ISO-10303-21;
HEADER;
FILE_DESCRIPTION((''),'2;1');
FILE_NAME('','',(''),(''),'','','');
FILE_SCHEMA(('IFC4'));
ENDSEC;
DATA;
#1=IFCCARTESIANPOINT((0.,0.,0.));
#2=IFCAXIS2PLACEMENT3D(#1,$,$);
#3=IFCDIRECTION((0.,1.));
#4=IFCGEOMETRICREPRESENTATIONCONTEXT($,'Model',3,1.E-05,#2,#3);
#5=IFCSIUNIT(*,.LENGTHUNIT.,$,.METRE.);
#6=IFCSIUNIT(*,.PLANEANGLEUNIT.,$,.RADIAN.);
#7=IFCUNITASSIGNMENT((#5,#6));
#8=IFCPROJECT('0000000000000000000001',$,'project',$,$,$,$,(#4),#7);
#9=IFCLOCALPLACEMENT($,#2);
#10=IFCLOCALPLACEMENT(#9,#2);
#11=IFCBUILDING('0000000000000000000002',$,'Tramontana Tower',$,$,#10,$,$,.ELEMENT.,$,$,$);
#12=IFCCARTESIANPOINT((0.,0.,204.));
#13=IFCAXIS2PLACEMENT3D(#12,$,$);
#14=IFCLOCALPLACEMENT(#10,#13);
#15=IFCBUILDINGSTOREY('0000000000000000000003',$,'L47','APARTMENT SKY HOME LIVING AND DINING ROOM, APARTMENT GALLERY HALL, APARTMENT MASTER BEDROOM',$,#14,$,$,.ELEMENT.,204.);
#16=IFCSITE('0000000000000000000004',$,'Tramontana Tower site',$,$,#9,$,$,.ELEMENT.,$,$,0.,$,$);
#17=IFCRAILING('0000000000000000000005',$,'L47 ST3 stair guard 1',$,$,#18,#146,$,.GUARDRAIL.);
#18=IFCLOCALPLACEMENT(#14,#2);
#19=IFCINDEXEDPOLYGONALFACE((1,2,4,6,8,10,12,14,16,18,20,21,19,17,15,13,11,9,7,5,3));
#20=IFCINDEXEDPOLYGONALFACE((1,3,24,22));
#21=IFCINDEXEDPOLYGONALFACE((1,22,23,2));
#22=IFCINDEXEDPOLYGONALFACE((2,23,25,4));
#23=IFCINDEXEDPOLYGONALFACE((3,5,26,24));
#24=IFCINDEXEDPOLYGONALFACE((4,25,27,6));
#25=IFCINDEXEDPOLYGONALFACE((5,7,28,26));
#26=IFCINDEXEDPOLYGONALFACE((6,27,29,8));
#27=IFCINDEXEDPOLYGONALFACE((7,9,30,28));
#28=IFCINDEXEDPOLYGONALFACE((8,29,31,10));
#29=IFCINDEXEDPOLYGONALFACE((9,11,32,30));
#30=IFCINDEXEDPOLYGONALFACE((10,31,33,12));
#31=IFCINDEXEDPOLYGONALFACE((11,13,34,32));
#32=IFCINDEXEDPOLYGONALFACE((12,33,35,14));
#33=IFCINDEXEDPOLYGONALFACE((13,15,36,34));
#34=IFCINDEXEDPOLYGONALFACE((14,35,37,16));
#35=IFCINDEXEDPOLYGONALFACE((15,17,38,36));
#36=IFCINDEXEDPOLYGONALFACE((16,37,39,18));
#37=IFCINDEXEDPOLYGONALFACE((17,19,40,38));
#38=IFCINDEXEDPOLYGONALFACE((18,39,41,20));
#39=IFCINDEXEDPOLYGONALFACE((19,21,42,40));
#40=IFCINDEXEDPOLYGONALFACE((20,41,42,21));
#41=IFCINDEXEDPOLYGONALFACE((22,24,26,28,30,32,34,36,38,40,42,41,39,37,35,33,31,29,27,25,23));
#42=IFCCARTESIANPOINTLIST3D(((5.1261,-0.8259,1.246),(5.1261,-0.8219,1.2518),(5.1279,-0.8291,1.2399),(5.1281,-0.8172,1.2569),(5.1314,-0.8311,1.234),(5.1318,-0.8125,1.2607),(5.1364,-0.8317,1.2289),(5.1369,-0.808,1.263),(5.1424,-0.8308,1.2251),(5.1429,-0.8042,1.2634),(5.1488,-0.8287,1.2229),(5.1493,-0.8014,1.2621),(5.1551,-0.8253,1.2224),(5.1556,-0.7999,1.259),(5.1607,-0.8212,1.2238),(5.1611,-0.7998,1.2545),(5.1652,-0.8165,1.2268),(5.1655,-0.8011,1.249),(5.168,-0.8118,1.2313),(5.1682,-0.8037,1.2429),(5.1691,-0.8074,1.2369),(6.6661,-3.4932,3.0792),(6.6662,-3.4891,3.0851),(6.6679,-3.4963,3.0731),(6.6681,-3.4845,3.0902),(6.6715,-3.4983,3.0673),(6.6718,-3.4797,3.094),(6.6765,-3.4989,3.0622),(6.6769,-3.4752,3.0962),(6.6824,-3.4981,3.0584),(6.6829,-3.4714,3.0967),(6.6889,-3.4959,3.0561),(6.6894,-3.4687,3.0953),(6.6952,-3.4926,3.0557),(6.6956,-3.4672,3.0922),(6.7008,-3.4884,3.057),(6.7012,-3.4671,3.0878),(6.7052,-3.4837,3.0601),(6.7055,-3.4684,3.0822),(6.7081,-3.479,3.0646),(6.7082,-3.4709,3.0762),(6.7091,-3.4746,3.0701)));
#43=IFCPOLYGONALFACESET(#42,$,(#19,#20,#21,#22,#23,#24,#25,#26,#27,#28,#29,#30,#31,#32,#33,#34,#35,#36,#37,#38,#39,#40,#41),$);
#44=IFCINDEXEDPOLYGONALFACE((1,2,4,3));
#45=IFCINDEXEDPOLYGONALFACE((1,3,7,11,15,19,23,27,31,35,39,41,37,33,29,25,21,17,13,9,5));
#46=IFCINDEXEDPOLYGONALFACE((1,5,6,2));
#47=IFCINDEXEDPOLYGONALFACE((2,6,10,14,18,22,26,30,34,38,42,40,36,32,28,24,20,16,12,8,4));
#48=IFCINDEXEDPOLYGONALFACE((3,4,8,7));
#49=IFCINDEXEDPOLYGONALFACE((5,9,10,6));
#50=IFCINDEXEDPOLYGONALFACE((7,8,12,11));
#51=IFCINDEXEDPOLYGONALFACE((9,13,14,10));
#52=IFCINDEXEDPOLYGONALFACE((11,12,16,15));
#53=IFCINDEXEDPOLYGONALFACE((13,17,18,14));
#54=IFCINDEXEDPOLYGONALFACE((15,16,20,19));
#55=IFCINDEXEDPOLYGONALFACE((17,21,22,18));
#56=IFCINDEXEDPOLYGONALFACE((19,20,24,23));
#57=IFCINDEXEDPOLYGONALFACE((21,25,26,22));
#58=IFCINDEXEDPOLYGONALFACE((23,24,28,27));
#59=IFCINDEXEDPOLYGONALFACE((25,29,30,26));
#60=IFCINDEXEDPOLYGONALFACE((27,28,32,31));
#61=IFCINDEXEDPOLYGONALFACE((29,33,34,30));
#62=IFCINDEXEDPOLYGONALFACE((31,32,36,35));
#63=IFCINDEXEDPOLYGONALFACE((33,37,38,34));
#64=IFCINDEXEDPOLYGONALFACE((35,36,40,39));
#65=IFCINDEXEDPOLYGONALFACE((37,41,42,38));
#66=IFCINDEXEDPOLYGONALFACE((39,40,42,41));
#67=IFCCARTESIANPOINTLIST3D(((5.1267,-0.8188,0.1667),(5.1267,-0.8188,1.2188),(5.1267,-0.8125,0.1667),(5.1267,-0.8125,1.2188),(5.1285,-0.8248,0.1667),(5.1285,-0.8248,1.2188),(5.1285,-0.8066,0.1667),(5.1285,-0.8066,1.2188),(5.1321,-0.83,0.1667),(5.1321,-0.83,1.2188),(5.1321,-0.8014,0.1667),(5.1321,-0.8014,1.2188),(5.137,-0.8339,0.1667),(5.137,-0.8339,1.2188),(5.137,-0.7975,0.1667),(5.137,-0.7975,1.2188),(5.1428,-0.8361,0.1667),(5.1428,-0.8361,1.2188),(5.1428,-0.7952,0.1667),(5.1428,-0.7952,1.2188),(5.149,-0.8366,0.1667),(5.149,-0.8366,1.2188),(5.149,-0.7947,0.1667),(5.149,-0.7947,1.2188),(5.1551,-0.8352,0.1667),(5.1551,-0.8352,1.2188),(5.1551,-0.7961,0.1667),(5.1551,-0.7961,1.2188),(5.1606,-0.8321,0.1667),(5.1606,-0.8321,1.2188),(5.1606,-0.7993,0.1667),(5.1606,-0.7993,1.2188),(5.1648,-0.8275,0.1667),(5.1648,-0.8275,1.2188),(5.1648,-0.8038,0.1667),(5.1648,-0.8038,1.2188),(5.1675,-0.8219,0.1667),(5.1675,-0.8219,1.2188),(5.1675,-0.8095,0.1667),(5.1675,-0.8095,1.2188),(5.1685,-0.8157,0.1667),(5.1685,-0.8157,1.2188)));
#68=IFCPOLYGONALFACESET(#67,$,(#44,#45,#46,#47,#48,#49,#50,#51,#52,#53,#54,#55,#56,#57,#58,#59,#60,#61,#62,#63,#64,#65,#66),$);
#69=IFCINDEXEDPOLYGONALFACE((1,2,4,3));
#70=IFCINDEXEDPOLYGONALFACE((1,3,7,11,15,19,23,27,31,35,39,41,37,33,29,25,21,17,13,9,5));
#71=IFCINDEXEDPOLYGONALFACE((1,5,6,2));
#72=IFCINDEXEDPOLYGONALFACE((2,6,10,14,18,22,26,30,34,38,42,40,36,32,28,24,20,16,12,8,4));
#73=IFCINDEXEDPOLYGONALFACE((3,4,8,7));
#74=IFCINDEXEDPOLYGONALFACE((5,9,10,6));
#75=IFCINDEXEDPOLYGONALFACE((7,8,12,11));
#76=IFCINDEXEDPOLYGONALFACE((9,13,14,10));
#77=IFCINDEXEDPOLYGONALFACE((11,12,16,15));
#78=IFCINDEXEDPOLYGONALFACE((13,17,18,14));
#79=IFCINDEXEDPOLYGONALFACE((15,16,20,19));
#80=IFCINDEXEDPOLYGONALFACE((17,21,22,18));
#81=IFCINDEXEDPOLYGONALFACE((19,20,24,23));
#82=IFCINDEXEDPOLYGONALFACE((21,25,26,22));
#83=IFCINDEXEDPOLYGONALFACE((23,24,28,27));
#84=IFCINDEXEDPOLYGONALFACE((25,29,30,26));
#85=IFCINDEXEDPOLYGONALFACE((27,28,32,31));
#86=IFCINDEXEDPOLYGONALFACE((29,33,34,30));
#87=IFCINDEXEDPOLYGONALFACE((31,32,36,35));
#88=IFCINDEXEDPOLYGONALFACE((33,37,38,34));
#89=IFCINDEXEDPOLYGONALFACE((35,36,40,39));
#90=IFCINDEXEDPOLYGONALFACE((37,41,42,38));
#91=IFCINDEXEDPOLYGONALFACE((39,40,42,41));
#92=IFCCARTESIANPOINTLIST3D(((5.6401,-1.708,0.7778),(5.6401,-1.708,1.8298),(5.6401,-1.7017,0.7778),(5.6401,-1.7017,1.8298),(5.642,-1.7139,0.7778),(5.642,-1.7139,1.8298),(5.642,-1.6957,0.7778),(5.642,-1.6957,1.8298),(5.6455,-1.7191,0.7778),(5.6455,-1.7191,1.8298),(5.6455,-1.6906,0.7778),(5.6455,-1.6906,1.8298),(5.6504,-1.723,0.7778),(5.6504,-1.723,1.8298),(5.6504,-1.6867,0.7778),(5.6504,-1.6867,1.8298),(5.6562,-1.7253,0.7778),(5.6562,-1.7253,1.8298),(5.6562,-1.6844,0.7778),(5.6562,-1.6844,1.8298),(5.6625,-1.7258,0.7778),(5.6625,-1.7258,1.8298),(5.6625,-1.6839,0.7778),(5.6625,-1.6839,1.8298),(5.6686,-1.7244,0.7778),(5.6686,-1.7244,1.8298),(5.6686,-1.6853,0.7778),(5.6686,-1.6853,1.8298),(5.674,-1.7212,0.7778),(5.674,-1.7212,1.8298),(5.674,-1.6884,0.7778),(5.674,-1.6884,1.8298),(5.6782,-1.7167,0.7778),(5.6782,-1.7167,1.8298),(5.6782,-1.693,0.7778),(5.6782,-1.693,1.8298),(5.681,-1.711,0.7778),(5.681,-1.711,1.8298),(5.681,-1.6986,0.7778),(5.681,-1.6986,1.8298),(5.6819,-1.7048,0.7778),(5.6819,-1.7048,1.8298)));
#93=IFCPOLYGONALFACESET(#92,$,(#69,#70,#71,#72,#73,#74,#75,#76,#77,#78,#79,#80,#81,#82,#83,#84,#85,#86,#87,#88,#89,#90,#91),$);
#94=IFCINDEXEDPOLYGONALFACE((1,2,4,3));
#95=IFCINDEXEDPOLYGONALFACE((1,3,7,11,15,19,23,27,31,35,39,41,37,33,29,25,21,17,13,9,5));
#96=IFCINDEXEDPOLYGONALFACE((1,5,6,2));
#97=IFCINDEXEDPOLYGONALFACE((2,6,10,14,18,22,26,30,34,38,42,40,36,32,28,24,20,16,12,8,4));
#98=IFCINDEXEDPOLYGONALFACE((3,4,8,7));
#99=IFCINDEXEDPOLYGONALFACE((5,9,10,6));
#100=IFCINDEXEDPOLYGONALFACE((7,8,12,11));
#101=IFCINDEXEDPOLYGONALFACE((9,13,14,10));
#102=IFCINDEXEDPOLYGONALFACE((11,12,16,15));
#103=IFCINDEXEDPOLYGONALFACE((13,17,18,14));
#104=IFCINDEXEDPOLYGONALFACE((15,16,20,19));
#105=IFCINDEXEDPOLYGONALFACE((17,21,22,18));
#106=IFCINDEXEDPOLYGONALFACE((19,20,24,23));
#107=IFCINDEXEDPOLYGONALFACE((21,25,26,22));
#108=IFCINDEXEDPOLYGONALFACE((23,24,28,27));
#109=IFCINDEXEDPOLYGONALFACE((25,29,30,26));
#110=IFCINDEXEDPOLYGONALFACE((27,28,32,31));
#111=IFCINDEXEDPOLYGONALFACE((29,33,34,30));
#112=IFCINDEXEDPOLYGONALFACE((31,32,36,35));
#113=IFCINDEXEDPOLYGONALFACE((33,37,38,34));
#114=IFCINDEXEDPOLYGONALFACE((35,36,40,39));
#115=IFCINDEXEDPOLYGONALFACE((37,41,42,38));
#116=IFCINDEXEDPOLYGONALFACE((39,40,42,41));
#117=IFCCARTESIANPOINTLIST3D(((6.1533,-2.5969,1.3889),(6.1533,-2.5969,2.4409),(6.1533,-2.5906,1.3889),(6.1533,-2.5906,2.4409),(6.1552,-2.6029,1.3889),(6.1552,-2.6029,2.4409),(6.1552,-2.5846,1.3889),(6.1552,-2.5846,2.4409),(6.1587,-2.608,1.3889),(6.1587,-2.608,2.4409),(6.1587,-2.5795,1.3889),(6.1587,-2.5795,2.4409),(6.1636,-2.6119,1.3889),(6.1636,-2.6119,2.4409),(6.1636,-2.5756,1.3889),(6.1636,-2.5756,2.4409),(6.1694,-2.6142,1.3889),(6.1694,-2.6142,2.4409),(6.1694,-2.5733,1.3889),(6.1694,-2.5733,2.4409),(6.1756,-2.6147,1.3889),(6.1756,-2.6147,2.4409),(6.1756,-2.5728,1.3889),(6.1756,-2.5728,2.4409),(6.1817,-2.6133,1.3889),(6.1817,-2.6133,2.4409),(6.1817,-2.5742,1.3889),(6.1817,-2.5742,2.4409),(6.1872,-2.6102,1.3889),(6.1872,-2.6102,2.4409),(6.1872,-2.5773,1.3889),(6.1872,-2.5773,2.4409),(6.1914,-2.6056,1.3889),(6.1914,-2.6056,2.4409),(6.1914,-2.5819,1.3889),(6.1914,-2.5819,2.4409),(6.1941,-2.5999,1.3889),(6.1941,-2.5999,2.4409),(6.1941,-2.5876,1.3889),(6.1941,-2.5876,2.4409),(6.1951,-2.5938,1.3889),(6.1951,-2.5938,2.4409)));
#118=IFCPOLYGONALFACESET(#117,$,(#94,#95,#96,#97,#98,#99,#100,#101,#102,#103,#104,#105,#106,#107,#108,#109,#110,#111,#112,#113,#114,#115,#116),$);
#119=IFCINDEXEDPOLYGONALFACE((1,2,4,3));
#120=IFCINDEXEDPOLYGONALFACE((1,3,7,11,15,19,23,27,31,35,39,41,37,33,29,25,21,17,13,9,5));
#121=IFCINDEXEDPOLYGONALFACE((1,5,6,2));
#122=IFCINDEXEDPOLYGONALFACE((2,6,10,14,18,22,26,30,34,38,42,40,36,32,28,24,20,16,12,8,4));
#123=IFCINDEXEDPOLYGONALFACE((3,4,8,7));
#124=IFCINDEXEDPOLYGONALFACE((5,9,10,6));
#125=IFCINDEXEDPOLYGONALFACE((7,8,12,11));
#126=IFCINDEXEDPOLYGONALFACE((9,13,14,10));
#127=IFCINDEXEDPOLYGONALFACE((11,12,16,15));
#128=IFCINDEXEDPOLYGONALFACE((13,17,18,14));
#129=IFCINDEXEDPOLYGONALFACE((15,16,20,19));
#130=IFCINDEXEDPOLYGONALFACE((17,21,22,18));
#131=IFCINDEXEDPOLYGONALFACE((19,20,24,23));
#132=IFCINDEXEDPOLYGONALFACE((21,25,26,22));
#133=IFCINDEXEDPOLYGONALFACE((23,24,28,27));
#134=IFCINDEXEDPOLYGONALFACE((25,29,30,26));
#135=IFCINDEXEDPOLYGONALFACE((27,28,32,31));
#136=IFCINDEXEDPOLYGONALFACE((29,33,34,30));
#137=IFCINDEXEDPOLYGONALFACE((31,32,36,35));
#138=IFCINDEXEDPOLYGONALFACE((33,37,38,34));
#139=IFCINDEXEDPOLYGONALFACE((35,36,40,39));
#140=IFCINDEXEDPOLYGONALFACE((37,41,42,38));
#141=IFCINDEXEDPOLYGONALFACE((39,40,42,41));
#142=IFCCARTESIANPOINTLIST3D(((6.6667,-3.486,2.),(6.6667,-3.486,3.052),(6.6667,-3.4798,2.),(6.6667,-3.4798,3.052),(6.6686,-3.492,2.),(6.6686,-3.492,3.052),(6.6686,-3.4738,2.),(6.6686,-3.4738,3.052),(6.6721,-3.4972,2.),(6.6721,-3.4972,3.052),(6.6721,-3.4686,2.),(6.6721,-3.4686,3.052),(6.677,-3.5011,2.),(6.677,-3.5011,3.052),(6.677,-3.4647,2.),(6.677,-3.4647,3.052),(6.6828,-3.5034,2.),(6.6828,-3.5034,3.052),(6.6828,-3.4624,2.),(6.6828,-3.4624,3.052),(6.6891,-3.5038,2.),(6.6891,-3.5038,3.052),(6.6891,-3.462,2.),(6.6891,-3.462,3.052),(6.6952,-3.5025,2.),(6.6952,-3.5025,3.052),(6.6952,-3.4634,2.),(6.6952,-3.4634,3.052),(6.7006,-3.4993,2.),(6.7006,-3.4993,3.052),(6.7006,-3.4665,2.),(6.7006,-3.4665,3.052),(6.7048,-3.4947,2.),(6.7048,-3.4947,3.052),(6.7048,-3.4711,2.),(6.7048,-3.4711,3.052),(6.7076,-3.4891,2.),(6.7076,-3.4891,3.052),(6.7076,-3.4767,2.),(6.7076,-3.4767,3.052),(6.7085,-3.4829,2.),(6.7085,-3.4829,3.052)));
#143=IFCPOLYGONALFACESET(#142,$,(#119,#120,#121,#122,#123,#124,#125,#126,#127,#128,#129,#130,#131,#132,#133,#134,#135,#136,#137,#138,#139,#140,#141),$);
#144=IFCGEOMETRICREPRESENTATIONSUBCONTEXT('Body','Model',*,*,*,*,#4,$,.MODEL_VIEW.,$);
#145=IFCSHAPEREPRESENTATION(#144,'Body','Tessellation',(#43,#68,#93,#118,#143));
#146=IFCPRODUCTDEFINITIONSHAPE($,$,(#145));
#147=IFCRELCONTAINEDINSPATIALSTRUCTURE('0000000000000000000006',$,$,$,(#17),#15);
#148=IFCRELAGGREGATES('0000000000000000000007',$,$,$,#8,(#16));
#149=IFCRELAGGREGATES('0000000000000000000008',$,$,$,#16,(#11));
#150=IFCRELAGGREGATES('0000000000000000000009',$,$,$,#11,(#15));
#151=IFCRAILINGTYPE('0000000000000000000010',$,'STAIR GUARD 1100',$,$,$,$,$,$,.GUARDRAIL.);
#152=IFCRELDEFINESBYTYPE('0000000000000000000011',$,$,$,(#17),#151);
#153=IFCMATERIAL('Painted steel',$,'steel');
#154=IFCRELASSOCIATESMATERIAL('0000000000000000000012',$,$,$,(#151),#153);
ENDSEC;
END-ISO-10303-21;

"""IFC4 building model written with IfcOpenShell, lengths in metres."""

from ifc_helpers import new_model, si_unit, direction, frame, origin, origin_2d, place, context, subcontext, project, spatial, circle, extrude, material, type_object, element, save


model = new_model("IFC4")

# Units and contexts
model_context = context("Model", 3, precision=1e-05, world=origin(), true_north=direction((0.0, 1.0)))
body_context = subcontext(model_context, "Body", "Model", "MODEL_VIEW")
ifc_project = project(units=[si_unit("LENGTHUNIT", "METRE"), si_unit("PLANEANGLEUNIT", "RADIAN")], contexts=[model_context])

# Site, building, storey
site_placement = place(None, origin())
site = spatial("IfcSite", under=ifc_project, at=site_placement, Name="Tramontana Tower site", CompositionType="ELEMENT", RefElevation=0.0)
building_placement = place(site_placement, origin())
building = spatial("IfcBuilding", under=site, at=building_placement, Name="Tramontana Tower", CompositionType="ELEMENT")
storey_placement = place(building_placement, frame((0.0, 0.0, 204.0)))
storey = spatial("IfcBuildingStorey", under=building, at=storey_placement, Name="L47", Description="APARTMENT SKY HOME LIVING AND DINING ROOM, APARTMENT GALLERY HALL, APARTMENT MASTER BEDROOM", CompositionType="ELEMENT", Elevation=204.0)

# Railing
ifc_material_1 = material(Name="Painted steel", Category="steel")
railing_type_1 = type_object("IfcRailingType", Name="STAIR GUARD 1100", PredefinedType="GUARDRAIL", material=ifc_material_1)
railing_1_placement = place(storey_placement, frame((5.1475, -0.8157, 0.1667)))
element("IfcRailing", 1, at=railing_1_placement, inside=storey, type_object=railing_type_1, Name="L47 ST3 stair guard 1", PredefinedType="GUARDRAIL", context=body_context, shape_type="SweptSolid", body=[
    extrude(circle(Radius=0.0239, at=origin_2d()), frame((0.0, 0.0, 1.0762), z_axis=(0.429671, -0.744159, 0.511478), x_axis=(0.86601, 0.500027, 0.0)), (0.0, 0.0, 1.0), 3.5842),
    extrude(circle(Radius=0.021, at=origin_2d()), origin(), (0.0, 0.0, 1.0), 1.052),
    extrude(circle(Radius=0.021, at=origin_2d()), frame((0.5134, -0.8892, 0.6111)), (0.0, 0.0, 1.0), 1.052),
    extrude(circle(Radius=0.021, at=origin_2d()), frame((1.0266, -1.7781, 1.2222)), (0.0, 0.0, 1.0), 1.052),
    extrude(circle(Radius=0.021, at=origin_2d()), frame((1.54, -2.6672, 1.8333)), (0.0, 0.0, 1.0), 1.052),
])

save(model, "model.ifc")
